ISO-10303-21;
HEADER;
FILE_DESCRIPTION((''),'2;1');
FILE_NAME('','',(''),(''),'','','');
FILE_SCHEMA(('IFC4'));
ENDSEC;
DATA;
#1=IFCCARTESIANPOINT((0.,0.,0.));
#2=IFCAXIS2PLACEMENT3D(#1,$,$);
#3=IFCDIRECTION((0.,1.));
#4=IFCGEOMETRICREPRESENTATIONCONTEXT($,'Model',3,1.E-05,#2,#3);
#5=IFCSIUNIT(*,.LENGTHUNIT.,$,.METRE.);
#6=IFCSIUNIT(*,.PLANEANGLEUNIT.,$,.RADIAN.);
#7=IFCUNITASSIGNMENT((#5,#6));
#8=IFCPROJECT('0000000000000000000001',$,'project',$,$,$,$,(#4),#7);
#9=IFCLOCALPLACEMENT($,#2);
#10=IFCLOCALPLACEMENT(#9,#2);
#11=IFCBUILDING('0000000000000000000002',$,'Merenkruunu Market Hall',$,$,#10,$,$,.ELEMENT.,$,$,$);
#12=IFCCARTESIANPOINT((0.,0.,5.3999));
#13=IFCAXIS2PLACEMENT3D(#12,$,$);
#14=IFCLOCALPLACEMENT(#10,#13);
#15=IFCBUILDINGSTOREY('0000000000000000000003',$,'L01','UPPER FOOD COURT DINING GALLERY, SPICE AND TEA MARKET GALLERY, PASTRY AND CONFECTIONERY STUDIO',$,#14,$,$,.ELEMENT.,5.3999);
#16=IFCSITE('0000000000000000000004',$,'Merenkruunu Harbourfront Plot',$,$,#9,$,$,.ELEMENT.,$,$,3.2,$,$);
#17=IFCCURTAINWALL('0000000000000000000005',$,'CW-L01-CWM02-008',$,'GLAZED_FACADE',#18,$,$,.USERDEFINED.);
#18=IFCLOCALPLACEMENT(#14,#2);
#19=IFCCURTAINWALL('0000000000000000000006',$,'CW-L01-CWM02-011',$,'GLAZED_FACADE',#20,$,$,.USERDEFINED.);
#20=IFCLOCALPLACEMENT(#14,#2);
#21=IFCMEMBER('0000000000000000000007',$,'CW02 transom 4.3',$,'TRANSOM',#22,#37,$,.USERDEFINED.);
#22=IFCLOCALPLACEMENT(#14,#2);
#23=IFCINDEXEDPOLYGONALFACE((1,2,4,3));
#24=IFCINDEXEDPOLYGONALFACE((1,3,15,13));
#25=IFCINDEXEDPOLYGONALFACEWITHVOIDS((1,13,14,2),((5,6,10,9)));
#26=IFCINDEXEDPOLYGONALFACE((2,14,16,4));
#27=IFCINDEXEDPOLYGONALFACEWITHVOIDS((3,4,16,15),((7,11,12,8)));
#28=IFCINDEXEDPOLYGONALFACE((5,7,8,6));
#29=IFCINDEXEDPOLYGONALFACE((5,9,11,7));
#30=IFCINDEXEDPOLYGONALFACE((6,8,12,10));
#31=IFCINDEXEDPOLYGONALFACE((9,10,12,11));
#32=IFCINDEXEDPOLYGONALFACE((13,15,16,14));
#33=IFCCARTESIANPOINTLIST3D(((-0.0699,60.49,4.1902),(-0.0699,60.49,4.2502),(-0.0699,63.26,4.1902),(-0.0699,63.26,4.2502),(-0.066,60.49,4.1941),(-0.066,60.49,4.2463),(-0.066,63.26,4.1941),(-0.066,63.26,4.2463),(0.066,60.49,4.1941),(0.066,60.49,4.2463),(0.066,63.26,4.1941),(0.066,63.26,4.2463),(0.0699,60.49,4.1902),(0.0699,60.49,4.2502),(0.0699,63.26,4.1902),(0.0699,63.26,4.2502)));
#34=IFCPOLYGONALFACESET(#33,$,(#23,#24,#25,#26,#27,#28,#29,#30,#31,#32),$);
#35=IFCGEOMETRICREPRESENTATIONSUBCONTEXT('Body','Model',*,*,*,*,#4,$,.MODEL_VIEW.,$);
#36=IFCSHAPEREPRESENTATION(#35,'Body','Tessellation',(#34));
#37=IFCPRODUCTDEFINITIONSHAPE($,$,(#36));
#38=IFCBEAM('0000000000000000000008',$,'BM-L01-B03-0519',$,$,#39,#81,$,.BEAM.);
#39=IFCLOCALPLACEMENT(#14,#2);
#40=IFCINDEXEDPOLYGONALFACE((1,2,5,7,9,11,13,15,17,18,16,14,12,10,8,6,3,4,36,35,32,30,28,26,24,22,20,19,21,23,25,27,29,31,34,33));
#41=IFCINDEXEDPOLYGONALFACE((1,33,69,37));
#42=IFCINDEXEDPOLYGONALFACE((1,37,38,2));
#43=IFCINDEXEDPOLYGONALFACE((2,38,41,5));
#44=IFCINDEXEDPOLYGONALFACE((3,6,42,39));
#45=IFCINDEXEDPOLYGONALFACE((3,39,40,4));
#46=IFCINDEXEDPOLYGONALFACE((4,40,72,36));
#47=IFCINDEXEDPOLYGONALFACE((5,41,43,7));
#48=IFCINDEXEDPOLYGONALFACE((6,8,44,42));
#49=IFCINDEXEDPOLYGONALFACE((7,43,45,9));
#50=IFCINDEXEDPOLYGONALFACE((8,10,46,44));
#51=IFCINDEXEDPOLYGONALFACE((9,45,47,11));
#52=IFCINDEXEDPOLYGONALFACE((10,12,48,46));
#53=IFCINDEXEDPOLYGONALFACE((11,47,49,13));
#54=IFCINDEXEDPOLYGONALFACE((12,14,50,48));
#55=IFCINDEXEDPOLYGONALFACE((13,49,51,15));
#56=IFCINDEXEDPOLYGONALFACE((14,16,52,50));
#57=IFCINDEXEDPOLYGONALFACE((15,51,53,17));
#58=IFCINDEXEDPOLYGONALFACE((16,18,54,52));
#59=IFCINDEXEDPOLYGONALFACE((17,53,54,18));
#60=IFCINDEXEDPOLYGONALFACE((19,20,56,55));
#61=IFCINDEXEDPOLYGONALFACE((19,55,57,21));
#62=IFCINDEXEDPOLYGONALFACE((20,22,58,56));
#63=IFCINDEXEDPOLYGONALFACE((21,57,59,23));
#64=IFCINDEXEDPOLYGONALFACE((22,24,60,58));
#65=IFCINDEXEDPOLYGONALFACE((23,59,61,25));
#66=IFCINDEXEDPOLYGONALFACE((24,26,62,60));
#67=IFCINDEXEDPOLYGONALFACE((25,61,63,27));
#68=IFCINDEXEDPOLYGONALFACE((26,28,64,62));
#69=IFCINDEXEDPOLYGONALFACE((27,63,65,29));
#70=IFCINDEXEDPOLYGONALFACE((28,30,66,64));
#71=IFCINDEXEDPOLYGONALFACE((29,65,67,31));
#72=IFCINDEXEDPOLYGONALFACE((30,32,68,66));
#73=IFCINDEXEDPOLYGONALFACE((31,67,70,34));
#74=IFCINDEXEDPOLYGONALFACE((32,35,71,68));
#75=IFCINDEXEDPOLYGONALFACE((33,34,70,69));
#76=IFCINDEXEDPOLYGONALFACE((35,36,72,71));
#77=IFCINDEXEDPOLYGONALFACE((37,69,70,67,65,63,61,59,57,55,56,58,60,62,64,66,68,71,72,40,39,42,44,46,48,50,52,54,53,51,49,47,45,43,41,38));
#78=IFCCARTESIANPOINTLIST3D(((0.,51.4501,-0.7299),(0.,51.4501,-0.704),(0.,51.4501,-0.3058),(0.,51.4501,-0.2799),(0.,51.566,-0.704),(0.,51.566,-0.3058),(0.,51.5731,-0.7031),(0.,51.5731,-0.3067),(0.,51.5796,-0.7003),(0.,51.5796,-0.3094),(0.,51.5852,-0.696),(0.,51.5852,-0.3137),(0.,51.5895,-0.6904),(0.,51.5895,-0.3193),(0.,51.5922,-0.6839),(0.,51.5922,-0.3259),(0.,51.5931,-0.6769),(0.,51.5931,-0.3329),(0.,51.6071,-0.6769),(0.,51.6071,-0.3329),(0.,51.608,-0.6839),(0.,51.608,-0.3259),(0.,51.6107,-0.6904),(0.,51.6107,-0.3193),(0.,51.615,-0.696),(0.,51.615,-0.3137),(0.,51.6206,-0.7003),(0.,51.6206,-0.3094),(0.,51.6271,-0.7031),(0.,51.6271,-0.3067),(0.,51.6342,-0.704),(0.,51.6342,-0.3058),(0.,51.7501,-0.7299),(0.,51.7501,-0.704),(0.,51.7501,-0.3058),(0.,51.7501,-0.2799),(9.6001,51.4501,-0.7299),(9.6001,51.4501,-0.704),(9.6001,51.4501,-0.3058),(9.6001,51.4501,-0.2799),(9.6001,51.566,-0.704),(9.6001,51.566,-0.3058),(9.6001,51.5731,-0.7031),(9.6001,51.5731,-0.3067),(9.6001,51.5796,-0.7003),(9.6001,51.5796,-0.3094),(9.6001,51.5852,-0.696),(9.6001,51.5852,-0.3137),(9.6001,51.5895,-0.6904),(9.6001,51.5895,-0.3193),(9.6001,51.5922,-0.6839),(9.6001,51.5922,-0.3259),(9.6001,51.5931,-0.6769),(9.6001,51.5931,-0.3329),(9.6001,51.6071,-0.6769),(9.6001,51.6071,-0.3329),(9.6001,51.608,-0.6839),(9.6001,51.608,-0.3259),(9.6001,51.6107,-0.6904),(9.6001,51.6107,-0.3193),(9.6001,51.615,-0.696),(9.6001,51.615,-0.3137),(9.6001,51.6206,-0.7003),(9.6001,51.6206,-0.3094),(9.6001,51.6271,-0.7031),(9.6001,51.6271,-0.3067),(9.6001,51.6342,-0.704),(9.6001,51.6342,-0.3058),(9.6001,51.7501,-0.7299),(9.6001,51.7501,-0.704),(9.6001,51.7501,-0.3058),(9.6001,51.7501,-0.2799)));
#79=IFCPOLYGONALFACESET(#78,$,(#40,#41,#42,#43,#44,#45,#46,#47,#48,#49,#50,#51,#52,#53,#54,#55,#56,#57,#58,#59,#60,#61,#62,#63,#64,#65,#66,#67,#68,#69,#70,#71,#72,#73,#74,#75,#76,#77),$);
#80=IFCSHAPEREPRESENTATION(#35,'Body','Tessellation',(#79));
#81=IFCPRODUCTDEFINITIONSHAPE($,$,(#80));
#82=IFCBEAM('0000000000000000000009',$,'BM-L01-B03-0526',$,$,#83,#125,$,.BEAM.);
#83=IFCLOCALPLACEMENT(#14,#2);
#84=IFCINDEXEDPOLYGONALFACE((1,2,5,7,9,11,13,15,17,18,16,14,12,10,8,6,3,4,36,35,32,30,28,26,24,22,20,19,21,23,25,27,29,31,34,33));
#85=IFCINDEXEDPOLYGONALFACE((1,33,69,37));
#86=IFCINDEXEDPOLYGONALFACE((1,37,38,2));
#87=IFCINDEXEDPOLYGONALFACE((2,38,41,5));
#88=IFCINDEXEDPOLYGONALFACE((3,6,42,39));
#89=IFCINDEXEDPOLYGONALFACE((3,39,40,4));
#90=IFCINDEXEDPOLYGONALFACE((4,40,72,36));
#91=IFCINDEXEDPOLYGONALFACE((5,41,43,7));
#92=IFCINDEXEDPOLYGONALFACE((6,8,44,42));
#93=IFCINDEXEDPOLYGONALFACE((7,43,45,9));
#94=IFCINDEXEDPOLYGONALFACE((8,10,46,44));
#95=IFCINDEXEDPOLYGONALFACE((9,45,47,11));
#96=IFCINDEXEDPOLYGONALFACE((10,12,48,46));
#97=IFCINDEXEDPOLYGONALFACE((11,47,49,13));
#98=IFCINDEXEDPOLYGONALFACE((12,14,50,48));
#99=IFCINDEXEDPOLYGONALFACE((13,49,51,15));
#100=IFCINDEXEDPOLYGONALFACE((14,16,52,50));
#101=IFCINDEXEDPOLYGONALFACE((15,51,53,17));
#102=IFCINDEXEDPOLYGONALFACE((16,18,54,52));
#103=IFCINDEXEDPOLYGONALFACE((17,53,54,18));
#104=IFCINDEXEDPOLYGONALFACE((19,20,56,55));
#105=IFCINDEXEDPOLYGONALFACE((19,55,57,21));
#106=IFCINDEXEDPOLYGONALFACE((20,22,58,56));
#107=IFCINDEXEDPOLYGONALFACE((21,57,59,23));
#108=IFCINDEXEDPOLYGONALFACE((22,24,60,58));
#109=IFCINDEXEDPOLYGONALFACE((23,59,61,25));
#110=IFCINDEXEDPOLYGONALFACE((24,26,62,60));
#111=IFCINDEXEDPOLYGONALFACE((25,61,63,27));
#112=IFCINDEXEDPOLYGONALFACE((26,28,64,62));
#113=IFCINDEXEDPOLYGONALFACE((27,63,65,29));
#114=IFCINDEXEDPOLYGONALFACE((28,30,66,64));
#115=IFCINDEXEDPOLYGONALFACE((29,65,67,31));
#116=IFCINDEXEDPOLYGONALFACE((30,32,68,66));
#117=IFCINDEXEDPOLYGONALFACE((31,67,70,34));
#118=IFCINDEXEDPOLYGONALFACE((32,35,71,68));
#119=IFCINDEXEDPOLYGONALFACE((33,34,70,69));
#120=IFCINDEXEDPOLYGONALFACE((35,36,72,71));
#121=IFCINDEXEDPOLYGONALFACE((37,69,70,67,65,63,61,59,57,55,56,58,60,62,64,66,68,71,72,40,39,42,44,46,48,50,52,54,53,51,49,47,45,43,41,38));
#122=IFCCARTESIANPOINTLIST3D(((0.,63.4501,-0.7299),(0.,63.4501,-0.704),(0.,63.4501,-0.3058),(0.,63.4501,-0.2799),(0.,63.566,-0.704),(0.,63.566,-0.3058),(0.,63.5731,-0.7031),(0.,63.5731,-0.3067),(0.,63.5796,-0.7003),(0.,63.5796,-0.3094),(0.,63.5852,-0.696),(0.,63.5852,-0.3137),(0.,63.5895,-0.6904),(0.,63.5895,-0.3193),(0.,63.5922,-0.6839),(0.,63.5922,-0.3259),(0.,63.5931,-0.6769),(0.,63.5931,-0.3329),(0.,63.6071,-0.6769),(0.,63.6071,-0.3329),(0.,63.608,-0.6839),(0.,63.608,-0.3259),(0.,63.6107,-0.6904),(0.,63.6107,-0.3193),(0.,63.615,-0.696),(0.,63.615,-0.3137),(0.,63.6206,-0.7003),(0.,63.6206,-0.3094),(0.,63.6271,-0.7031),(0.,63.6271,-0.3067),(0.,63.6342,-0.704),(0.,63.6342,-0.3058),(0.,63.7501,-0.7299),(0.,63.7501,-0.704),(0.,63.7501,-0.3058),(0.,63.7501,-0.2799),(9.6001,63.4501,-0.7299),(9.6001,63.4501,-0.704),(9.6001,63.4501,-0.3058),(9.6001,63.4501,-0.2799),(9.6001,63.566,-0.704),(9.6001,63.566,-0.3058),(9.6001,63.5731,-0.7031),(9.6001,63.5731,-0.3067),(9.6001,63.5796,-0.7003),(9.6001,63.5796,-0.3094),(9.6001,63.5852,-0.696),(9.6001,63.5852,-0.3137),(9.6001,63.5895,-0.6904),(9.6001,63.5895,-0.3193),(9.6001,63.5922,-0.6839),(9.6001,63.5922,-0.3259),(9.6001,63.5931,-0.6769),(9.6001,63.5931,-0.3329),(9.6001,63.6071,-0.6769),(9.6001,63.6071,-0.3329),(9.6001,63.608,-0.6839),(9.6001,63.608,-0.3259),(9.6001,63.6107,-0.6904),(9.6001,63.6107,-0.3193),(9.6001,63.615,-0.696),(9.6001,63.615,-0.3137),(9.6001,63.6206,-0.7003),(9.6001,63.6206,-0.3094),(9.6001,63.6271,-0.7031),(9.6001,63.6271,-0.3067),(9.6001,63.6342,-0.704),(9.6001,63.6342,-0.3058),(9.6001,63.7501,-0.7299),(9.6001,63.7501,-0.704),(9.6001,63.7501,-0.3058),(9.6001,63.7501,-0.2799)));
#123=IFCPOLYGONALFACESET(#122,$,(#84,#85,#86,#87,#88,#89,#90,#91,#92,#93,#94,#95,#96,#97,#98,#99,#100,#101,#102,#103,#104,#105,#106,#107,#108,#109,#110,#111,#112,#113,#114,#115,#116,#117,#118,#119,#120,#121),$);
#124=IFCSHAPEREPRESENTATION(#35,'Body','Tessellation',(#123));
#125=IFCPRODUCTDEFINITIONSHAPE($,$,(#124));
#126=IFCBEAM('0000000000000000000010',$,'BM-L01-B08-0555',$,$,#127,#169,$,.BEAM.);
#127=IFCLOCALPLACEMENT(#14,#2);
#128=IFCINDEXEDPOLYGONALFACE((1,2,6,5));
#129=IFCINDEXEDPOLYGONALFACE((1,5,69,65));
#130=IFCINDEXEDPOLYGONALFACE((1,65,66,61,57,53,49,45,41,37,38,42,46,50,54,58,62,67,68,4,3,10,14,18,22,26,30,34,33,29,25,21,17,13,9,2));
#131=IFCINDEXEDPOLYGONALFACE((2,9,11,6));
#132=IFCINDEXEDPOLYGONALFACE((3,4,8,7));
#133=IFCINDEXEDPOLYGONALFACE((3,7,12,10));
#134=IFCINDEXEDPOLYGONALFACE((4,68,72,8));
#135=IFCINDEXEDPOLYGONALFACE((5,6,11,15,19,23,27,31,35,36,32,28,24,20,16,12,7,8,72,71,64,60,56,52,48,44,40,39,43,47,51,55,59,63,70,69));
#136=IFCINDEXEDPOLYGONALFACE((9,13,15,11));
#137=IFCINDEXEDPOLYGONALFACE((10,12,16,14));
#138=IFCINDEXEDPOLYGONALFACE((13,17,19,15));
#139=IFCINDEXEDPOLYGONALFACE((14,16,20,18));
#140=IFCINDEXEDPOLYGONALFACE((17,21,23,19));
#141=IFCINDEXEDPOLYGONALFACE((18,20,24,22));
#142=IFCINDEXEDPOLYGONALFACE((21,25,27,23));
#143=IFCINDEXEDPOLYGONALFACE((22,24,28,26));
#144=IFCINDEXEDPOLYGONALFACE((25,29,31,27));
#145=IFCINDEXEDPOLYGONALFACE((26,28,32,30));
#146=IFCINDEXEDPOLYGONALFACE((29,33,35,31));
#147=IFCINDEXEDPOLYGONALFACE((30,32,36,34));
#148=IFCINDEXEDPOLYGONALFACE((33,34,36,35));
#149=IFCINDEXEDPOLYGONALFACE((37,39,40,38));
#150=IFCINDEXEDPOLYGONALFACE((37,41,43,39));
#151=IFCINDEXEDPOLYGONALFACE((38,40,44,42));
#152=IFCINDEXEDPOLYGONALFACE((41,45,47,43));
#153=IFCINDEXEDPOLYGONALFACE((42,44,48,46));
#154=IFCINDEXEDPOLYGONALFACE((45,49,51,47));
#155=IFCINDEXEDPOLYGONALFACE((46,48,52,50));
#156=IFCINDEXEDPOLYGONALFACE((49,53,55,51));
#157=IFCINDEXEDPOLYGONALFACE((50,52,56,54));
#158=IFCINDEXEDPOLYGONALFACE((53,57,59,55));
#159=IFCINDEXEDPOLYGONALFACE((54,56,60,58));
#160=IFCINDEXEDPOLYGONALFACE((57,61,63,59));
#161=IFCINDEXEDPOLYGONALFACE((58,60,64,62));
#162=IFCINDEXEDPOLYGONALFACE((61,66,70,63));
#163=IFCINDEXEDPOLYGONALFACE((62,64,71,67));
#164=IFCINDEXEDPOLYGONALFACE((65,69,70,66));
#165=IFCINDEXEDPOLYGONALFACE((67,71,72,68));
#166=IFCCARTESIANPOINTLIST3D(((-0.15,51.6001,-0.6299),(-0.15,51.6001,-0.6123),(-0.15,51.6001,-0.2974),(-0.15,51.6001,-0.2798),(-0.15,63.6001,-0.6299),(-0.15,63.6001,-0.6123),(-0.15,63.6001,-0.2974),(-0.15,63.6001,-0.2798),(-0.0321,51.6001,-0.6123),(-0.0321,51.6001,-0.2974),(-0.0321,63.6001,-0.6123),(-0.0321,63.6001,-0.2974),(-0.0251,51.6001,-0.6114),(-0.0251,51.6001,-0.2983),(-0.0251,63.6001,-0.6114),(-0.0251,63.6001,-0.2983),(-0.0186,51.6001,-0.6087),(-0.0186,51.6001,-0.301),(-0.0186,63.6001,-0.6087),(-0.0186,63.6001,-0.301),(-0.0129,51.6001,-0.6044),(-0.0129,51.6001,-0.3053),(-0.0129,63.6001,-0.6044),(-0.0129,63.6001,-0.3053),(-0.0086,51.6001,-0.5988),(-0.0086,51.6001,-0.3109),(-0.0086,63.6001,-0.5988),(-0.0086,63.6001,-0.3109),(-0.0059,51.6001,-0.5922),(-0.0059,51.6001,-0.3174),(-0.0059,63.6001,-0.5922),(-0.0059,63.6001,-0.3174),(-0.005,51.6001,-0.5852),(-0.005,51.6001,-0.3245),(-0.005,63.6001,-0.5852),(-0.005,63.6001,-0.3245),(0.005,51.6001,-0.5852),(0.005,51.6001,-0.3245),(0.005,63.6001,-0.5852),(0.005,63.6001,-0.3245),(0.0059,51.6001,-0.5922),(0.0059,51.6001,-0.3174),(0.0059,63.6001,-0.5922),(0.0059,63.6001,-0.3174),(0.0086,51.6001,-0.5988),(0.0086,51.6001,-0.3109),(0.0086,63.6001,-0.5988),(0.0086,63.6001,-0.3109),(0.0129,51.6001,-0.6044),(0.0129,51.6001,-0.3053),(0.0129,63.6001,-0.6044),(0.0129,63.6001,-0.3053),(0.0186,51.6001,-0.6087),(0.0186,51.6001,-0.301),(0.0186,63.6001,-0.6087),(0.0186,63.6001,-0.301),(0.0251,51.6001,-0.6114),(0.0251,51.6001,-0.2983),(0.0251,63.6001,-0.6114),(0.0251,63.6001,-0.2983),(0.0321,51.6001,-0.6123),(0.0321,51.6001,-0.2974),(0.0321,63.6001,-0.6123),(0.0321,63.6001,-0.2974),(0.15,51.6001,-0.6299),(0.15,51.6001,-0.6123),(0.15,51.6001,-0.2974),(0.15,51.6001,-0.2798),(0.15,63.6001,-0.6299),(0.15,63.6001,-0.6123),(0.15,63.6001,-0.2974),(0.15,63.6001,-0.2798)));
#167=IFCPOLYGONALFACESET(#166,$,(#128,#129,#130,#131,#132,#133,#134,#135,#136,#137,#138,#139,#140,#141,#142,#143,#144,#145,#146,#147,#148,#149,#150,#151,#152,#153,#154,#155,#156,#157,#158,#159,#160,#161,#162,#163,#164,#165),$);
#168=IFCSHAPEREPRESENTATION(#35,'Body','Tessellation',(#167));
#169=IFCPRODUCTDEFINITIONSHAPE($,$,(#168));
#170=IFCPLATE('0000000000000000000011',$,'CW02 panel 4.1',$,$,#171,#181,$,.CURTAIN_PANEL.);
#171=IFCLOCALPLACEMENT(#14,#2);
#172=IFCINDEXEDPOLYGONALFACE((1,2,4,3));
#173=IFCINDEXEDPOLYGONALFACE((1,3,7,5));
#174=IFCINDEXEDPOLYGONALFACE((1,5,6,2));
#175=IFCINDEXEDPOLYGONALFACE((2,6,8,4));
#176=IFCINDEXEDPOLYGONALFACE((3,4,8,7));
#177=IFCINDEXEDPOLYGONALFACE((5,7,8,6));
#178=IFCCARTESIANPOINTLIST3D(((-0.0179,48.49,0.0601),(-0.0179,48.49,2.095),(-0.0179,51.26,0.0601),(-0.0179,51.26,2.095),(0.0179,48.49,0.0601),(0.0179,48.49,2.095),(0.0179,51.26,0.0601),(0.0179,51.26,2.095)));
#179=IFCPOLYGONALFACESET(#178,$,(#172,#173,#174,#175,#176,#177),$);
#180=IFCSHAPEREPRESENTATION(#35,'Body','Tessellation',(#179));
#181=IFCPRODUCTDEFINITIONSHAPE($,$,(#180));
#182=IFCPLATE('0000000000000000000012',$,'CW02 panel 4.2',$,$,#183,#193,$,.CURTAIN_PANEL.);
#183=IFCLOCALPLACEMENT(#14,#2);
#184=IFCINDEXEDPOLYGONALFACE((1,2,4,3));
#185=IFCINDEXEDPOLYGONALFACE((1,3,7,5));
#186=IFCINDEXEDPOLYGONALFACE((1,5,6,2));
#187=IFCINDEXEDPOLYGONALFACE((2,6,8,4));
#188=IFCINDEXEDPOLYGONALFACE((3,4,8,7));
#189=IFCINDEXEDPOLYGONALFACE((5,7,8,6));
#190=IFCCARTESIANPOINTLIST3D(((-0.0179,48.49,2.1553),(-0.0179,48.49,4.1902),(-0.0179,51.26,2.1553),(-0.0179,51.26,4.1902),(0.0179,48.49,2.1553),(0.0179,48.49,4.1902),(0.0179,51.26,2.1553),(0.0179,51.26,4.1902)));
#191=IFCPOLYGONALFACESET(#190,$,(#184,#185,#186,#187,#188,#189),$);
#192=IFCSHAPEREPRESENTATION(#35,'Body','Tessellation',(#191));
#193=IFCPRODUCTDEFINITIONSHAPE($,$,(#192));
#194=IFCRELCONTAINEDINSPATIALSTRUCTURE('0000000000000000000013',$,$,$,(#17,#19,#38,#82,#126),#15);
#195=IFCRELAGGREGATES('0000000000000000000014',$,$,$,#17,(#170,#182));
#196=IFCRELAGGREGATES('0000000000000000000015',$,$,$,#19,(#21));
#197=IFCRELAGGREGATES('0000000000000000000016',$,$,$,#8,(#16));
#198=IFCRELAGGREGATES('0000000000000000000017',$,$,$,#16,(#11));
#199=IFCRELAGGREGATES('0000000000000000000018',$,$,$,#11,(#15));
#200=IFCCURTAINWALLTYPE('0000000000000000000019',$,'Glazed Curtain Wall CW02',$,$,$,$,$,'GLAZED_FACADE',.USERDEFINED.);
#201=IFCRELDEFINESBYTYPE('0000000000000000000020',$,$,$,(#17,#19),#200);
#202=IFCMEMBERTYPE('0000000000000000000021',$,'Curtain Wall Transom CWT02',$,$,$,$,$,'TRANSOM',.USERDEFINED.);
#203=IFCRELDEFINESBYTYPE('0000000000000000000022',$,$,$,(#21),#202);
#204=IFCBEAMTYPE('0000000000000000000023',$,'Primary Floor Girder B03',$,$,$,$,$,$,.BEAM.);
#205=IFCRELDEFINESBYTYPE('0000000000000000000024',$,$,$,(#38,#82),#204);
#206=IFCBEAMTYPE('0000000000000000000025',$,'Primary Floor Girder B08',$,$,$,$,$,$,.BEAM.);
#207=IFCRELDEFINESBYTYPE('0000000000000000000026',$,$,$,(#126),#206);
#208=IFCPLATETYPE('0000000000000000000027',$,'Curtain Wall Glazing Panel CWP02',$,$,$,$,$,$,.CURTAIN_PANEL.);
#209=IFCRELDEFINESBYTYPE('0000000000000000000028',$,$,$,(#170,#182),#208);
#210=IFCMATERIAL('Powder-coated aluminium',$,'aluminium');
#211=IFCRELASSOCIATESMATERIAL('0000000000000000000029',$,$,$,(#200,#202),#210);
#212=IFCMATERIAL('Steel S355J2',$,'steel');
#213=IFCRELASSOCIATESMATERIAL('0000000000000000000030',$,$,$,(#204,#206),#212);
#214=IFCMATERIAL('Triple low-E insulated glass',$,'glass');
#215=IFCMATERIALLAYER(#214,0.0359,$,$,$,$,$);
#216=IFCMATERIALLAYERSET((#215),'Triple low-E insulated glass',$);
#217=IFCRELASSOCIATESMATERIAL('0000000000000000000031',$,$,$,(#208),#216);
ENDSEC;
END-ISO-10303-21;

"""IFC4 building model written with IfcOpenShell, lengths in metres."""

from ifc_helpers import new_model, si_unit, direction, frame, origin, origin_2d, place, context, subcontext, project, spatial, rectangle, hollow_rectangle, i_section, extrude, material, layer, layer_set, material_profile, profile_set, type_object, element, aggregate, save


model = new_model("IFC4")

# Units and contexts
model_context = context("Model", 3, precision=1e-05, world=origin(), true_north=direction((0.0, 1.0)))
body_context = subcontext(model_context, "Body", "Model", "MODEL_VIEW")
ifc_project = project(units=[si_unit("LENGTHUNIT", "METRE"), si_unit("PLANEANGLEUNIT", "RADIAN")], contexts=[model_context])

# Site, building, storey
site_placement = place(None, origin())
site = spatial("IfcSite", under=ifc_project, at=site_placement, Name="Merenkruunu Harbourfront Plot", CompositionType="ELEMENT", RefElevation=3.2)
building_placement = place(site_placement, origin())
building = spatial("IfcBuilding", under=site, at=building_placement, Name="Merenkruunu Market Hall", CompositionType="ELEMENT")
storey_placement = place(building_placement, frame((0.0, 0.0, 5.3999)))
storey = spatial("IfcBuildingStorey", under=building, at=storey_placement, Name="L01", Description="UPPER FOOD COURT DINING GALLERY, SPICE AND TEA MARKET GALLERY, PASTRY AND CONFECTIONERY STUDIO", CompositionType="ELEMENT", Elevation=5.3999)

# Curtain wall
ifc_material_1 = material(Name="Powder-coated aluminium", Category="aluminium")
curtain_wall_type = type_object("IfcCurtainWallType", Name="Glazed Curtain Wall CW02", ElementType="GLAZED_FACADE", PredefinedType="USERDEFINED", material=ifc_material_1)
curtain_wall_1_placement = place(storey_placement, origin())
curtain_wall_1 = element("IfcCurtainWall", 1, at=curtain_wall_1_placement, inside=storey, type_object=curtain_wall_type, Name="CW-L01-CWM02-008", ObjectType="GLAZED_FACADE", PredefinedType="USERDEFINED")

# Curtain wall, member
curtain_wall_2_placement = place(storey_placement, origin())
curtain_wall_2 = element("IfcCurtainWall", 2, at=curtain_wall_2_placement, inside=storey, type_object=curtain_wall_type, Name="CW-L01-CWM02-011", ObjectType="GLAZED_FACADE", PredefinedType="USERDEFINED")
ifc_material_profile_1 = material_profile(ifc_material_1, hollow_rectangle(XDim=0.0601, YDim=0.1399, WallThickness=0.0039, at=origin_2d()), Name="ALU 60x140x4")
ifc_profile_set_1 = profile_set([ifc_material_profile_1], Name="Powder-coated aluminium")
member_type_1 = type_object("IfcMemberType", Name="Curtain Wall Transom CWT02", ElementType="TRANSOM", PredefinedType="USERDEFINED", material=ifc_profile_set_1)
member_1_placement = place(storey_placement, frame((0.0, 60.49, 4.2202), z_axis=(0.0, 1.0, 0.0), x_axis=(0.0, 0.0, 1.0)))
member_1 = element("IfcMember", 3, at=member_1_placement, type_object=member_type_1, Name="CW02 transom 4.3", ObjectType="TRANSOM", PredefinedType="USERDEFINED", context=body_context, shape_type="SweptSolid", body=[
    extrude(hollow_rectangle(XDim=0.0601, YDim=0.1399, WallThickness=0.0039, at=origin_2d()), origin(), (0.0, 0.0, 1.0), 2.77),
])

# Beams
ifc_material_2 = material(Name="Steel S355J2", Category="steel")
ifc_material_profile_2 = material_profile(ifc_material_2, i_section(OverallWidth=0.3, OverallDepth=0.45, WebThickness=0.0139, FlangeThickness=0.0259, FilletRadius=0.0271, at=origin_2d()), Name="HEB 450")
ifc_profile_set_2 = profile_set([ifc_material_profile_2], Name="Steel S355J2")
beam_type_1 = type_object("IfcBeamType", Name="Primary Floor Girder B03", PredefinedType="BEAM", material=ifc_profile_set_2)
for number, where, z_axis, x_axis, name in (
    (4, (0.0, 51.6001, -0.5049), (1.0, 0.0, 0.0), (0.0, 1.0, 0.0), "BM-L01-B03-0519"),
    (5, (0.0, 63.6001, -0.5049), (1.0, 0.0, 0.0), (0.0, 1.0, 0.0), "BM-L01-B03-0526"),
):
    element("IfcBeam", number, at=place(storey_placement, frame(where, z_axis=z_axis, x_axis=x_axis)), inside=storey, type_object=beam_type_1, Name=name, PredefinedType="BEAM", context=body_context, shape_type="SweptSolid", body=[
        extrude(i_section(OverallWidth=0.3, OverallDepth=0.45, WebThickness=0.0139, FlangeThickness=0.0259, FilletRadius=0.0271, at=origin_2d()), origin(), (0.0, 0.0, 1.0), 9.6001),
    ])
ifc_material_profile_3 = material_profile(ifc_material_2, i_section(OverallWidth=0.3, OverallDepth=0.3501, WebThickness=0.01, FlangeThickness=0.0176, FilletRadius=0.0271, at=origin_2d()), Name="HEA 360")
ifc_profile_set_3 = profile_set([ifc_material_profile_3], Name="Steel S355J2")
beam_type_2 = type_object("IfcBeamType", Name="Primary Floor Girder B08", PredefinedType="BEAM", material=ifc_profile_set_3)
beam_placement = place(storey_placement, frame((0.0, 51.6001, -0.4548), z_axis=(0.0, 1.0, 0.0), x_axis=(-1.0, 0.0, 0.0)))
element("IfcBeam", 6, at=beam_placement, inside=storey, type_object=beam_type_2, Name="BM-L01-B08-0555", PredefinedType="BEAM", context=body_context, shape_type="SweptSolid", body=[
    extrude(i_section(OverallWidth=0.3, OverallDepth=0.3501, WebThickness=0.01, FlangeThickness=0.0176, FilletRadius=0.0271, at=origin_2d()), origin(), (0.0, 0.0, 1.0), 12.0),
])

# Plates
ifc_material_3 = material(Name="Triple low-E insulated glass", Category="glass")
ifc_layer_1 = layer(ifc_material_3, 0.0359)
ifc_layer_set_1 = layer_set([ifc_layer_1], Name="Triple low-E insulated glass")
plate_type = type_object("IfcPlateType", Name="Curtain Wall Glazing Panel CWP02", PredefinedType="CURTAIN_PANEL", material=ifc_layer_set_1)
plate_1_placement = place(storey_placement, frame((0.0, 49.875, 0.0601), z_axis=(0.0, 0.0, 1.0), x_axis=(0.0, 1.0, 0.0)))
plate_1 = element("IfcPlate", 7, at=plate_1_placement, type_object=plate_type, Name="CW02 panel 4.1", PredefinedType="CURTAIN_PANEL", context=body_context, shape_type="SweptSolid", body=[
    extrude(rectangle(XDim=2.77, YDim=0.0359, at=origin_2d()), origin(), (0.0, 0.0, 1.0), 2.0349),
])
plate_2_placement = place(storey_placement, frame((0.0, 49.875, 2.1553), z_axis=(0.0, 0.0, 1.0), x_axis=(0.0, 1.0, 0.0)))
plate_2 = element("IfcPlate", 8, at=plate_2_placement, type_object=plate_type, Name="CW02 panel 4.2", PredefinedType="CURTAIN_PANEL", context=body_context, shape_type="SweptSolid", body=[
    extrude(rectangle(XDim=2.77, YDim=0.0359, at=origin_2d()), origin(), (0.0, 0.0, 1.0), 2.0349),
])
aggregate(curtain_wall_1, [plate_1, plate_2])
aggregate(curtain_wall_2, [member_1])

save(model, "model.ifc")
